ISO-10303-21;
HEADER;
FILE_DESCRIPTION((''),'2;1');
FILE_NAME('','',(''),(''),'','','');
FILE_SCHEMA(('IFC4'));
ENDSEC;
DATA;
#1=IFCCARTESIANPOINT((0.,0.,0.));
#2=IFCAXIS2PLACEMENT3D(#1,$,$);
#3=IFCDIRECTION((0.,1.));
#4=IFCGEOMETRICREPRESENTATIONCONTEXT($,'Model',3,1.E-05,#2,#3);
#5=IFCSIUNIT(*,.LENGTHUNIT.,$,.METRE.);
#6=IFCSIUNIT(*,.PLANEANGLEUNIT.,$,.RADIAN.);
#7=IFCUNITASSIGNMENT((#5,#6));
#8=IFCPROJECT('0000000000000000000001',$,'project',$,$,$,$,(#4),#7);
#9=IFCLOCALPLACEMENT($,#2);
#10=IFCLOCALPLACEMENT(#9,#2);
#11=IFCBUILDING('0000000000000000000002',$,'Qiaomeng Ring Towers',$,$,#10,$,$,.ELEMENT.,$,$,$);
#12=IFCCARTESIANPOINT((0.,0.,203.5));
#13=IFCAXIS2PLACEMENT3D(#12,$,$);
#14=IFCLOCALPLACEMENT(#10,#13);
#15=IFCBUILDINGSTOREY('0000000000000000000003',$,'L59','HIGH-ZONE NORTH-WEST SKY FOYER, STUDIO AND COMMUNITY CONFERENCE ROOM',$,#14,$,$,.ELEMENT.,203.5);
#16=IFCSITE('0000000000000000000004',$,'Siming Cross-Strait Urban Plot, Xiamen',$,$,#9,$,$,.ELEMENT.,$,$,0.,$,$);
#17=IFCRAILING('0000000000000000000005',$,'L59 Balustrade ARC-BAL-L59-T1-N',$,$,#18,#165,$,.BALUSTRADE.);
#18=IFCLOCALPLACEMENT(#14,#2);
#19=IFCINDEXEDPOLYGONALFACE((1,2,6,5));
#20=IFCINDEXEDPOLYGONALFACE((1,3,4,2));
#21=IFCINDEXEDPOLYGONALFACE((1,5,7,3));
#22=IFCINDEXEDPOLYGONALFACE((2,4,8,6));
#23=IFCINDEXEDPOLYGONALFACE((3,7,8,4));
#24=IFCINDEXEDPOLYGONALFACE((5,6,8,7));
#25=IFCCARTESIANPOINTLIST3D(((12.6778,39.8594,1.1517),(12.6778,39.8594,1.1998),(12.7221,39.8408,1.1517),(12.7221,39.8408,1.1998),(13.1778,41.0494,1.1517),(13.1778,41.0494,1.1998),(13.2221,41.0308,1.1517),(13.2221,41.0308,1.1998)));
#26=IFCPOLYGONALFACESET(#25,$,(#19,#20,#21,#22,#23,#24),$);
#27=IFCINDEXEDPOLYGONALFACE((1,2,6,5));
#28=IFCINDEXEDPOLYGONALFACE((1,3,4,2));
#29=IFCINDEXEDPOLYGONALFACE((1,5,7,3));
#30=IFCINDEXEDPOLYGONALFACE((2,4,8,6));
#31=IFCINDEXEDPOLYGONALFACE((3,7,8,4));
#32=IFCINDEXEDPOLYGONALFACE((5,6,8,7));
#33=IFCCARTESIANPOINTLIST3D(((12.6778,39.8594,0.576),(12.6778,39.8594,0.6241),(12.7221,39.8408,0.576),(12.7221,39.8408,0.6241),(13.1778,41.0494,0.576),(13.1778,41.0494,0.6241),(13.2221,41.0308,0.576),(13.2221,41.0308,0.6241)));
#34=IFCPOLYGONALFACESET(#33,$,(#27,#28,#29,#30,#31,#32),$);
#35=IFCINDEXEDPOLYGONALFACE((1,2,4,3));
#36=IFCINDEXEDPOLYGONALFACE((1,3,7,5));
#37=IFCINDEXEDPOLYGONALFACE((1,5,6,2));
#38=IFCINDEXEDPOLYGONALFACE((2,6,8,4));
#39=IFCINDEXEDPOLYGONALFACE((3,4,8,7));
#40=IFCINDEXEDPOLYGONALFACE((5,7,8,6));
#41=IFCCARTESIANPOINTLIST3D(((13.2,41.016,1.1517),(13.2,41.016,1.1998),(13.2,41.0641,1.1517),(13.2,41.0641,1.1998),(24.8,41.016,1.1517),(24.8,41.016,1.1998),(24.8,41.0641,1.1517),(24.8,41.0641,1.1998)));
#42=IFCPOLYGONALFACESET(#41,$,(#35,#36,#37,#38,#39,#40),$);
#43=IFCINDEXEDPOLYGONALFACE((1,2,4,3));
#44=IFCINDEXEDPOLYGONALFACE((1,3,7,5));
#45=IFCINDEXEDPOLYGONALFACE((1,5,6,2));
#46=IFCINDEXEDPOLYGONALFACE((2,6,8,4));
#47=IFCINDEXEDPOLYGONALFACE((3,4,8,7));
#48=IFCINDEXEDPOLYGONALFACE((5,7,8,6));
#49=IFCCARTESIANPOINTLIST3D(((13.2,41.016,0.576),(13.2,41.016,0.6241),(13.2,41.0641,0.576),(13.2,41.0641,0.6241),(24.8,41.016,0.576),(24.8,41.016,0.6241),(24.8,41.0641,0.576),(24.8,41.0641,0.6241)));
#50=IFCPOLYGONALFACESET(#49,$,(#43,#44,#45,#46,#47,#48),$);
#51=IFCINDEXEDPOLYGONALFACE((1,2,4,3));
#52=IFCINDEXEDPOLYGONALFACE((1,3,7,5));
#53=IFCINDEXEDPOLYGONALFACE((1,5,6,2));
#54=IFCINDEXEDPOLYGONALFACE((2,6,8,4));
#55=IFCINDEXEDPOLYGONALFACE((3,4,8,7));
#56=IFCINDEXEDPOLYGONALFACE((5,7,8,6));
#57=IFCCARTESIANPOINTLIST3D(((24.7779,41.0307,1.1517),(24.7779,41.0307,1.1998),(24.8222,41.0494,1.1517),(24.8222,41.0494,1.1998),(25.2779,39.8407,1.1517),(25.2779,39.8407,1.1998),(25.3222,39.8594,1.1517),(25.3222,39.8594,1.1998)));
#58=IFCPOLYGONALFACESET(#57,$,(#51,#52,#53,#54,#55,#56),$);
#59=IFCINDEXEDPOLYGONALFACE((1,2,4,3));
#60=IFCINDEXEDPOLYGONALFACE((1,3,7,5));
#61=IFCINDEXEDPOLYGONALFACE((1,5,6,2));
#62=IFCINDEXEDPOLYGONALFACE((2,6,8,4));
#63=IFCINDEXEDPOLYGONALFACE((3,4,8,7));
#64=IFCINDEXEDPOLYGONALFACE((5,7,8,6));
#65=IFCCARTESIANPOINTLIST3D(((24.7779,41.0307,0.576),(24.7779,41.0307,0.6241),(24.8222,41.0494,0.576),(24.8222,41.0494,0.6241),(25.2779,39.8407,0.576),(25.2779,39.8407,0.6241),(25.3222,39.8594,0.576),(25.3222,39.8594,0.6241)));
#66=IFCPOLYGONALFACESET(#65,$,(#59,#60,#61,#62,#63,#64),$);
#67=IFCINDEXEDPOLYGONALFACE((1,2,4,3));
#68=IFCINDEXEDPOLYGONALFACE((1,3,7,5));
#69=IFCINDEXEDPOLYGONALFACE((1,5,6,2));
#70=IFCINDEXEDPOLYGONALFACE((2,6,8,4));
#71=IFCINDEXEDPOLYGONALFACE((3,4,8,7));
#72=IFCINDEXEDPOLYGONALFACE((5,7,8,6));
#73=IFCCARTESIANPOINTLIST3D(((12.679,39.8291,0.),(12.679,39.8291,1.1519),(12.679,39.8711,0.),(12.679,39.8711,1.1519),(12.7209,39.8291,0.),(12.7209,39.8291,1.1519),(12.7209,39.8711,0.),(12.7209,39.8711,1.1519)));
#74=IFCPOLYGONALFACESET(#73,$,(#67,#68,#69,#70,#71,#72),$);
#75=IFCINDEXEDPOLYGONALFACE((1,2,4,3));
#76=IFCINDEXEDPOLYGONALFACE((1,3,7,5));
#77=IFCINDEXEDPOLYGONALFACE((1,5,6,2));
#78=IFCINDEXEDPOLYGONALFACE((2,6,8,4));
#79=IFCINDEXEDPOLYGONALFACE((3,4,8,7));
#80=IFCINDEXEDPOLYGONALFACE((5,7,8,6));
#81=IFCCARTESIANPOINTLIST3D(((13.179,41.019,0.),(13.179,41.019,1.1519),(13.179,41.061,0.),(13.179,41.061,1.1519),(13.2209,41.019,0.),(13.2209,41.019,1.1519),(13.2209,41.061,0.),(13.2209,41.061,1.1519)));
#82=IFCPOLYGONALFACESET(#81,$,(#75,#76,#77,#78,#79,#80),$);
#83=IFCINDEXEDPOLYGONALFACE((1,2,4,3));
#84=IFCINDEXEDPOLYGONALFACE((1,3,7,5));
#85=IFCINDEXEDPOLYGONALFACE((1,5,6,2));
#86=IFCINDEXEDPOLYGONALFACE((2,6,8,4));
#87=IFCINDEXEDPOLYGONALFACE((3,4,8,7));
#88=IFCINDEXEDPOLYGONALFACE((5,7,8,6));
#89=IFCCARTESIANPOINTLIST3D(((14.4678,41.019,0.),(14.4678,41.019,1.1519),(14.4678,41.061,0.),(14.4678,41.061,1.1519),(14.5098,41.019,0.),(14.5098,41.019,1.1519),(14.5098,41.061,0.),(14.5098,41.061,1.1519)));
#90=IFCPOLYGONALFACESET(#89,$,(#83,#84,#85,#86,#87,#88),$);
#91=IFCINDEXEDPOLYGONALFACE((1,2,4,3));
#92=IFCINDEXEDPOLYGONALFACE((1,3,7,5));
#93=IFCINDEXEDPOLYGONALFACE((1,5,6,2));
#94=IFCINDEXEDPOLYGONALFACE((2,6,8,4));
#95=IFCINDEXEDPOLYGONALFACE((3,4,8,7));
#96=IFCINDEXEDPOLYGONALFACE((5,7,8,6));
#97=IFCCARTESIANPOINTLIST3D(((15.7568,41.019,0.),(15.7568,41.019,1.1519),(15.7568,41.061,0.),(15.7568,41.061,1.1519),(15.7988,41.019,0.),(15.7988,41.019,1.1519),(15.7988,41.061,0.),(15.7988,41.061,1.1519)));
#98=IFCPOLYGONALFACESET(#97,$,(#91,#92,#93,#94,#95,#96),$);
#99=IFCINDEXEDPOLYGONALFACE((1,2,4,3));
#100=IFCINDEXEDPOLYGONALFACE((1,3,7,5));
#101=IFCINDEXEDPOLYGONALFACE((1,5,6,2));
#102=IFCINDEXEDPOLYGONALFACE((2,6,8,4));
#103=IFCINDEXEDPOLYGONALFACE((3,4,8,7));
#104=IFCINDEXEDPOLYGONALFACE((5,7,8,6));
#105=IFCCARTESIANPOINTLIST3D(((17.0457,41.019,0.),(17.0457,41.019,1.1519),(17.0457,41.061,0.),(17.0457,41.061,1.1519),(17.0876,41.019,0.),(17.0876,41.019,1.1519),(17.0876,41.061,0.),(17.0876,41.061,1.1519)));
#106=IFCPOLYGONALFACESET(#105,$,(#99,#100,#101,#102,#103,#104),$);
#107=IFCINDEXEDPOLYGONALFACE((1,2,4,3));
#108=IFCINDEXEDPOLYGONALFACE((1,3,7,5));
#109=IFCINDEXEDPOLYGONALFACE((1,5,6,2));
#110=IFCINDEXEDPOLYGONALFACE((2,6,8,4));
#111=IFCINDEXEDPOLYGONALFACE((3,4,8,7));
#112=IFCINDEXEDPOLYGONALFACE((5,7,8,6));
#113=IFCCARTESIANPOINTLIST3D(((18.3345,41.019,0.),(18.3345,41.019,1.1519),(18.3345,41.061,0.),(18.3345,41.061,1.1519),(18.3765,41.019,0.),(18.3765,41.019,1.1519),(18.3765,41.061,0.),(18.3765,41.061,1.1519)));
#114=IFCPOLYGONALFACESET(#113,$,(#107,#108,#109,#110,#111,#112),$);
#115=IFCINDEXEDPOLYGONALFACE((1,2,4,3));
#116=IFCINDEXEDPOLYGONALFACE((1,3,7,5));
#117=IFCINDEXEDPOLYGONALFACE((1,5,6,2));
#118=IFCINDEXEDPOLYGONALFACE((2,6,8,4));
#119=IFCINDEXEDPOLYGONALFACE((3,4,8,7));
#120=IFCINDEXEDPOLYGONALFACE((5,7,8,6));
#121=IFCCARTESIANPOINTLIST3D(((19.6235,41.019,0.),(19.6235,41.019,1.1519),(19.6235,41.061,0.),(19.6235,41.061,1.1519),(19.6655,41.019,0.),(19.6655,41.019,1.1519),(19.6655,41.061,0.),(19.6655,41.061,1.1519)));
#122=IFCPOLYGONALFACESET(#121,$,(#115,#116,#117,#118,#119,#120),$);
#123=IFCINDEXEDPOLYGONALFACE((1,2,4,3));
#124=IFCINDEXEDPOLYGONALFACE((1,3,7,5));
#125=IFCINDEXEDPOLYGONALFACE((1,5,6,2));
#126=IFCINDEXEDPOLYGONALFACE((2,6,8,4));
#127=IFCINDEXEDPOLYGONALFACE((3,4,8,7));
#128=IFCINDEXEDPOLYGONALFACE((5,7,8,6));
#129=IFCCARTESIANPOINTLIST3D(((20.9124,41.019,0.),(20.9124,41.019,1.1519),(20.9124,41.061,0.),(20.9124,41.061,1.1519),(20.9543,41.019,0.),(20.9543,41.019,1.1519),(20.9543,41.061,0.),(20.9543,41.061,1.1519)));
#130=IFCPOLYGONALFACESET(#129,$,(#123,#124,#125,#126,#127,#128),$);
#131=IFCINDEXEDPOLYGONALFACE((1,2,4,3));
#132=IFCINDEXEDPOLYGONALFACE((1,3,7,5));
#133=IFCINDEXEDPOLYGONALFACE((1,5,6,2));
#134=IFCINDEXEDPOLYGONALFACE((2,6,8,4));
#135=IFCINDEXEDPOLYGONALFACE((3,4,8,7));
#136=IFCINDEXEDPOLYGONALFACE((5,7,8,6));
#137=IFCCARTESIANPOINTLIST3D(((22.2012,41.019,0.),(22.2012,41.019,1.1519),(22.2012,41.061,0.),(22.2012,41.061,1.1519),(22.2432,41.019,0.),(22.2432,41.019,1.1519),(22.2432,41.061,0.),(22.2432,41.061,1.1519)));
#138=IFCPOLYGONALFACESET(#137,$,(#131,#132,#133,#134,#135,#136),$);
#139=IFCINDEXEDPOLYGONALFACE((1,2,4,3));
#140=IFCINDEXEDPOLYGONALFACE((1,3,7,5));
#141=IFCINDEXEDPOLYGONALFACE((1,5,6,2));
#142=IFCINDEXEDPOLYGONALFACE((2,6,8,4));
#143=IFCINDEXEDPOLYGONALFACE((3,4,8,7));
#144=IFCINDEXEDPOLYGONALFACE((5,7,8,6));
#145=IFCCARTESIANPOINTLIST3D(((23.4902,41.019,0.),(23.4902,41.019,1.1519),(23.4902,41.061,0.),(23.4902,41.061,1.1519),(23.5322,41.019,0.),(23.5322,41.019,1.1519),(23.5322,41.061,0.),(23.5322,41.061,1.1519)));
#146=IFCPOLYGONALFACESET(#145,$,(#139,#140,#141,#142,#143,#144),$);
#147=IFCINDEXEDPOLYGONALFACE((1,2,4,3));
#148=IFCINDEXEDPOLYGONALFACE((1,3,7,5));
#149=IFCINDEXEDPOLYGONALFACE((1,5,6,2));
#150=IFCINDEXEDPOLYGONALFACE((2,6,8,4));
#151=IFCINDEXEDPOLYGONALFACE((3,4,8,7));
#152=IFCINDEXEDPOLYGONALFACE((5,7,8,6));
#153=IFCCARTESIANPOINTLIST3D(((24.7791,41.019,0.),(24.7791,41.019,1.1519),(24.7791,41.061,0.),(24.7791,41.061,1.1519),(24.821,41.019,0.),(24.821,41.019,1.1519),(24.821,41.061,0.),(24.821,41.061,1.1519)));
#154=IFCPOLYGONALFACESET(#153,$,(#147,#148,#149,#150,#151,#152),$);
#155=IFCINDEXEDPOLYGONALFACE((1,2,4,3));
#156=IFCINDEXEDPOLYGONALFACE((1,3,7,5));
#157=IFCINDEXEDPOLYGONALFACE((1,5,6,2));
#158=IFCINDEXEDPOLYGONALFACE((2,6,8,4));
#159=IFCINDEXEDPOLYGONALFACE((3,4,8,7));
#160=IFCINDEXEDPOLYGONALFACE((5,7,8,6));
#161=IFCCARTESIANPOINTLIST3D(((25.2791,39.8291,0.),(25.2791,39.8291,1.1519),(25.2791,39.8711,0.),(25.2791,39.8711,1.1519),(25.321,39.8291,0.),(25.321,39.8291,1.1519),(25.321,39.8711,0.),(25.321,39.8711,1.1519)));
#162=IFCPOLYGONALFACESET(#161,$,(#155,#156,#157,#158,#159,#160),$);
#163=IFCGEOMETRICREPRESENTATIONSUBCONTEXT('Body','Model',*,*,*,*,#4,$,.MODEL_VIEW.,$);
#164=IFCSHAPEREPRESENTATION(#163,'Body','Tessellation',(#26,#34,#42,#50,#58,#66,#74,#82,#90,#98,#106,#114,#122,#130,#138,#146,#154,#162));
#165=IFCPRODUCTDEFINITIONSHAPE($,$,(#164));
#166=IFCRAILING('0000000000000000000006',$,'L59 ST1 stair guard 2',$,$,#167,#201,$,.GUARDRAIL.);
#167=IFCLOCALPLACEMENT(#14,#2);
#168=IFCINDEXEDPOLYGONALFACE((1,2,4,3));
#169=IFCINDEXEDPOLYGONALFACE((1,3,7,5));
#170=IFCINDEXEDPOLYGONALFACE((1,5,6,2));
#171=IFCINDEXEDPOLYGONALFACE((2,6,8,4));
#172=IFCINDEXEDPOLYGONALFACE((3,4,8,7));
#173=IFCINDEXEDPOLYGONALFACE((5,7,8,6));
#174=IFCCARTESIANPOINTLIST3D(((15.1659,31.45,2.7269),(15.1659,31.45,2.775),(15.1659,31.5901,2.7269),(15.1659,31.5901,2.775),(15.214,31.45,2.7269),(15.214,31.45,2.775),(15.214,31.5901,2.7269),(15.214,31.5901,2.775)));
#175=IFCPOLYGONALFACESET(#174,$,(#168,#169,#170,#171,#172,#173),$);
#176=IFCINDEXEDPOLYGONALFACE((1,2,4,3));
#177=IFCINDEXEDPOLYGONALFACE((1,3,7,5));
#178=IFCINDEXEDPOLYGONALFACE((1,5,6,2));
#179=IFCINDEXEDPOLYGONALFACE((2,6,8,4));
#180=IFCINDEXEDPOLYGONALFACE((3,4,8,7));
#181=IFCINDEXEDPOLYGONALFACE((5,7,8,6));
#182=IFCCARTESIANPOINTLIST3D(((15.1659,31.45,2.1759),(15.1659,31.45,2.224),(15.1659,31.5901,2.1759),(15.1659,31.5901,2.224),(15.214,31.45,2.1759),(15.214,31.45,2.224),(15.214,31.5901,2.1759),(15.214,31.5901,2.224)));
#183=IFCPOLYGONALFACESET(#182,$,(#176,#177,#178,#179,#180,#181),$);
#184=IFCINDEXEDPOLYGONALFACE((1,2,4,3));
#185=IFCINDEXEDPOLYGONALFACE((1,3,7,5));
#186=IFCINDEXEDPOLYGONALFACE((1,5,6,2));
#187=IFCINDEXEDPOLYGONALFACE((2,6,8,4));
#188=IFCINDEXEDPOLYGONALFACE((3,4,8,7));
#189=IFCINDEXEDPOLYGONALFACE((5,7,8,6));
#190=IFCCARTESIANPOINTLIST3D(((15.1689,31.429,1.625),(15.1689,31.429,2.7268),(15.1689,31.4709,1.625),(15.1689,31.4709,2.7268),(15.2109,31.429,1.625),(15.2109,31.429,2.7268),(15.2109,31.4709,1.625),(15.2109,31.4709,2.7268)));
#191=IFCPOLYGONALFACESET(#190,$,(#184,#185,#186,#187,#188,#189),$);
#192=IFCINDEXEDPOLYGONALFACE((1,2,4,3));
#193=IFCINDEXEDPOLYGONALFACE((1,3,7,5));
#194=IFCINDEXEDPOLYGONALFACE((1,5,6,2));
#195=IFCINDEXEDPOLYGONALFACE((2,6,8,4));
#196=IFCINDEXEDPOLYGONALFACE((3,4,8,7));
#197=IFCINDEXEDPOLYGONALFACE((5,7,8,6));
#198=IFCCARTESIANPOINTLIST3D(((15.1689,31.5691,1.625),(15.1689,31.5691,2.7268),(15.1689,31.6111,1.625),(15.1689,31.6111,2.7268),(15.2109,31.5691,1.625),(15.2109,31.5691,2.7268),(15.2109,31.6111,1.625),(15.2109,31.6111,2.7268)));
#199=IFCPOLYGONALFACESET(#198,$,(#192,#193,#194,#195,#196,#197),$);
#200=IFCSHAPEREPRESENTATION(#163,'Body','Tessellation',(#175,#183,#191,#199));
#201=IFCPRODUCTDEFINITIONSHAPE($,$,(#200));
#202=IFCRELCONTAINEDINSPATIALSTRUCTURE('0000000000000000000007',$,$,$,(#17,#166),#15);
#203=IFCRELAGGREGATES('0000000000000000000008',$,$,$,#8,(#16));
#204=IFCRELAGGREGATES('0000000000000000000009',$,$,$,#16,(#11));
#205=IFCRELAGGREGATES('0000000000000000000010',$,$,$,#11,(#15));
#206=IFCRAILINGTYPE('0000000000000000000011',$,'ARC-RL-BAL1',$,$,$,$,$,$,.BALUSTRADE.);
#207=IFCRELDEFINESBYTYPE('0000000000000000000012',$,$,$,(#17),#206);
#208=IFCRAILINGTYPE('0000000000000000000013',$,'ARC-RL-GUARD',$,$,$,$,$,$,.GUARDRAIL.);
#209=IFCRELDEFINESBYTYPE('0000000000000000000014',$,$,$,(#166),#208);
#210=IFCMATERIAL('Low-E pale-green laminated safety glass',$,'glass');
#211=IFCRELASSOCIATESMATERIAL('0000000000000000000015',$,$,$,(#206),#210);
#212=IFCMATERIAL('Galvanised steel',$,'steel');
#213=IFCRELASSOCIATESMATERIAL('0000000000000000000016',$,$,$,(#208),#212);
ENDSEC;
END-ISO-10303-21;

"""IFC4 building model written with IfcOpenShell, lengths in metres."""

from ifc_helpers import new_model, si_unit, direction, frame, origin, origin_2d, place, context, subcontext, project, spatial, rectangle, extrude, material, type_object, element, save


model = new_model("IFC4")

# Units and contexts
model_context = context("Model", 3, precision=1e-05, world=origin(), true_north=direction((0.0, 1.0)))
body_context = subcontext(model_context, "Body", "Model", "MODEL_VIEW")
ifc_project = project(units=[si_unit("LENGTHUNIT", "METRE"), si_unit("PLANEANGLEUNIT", "RADIAN")], contexts=[model_context])

# Site, building, storey
site_placement = place(None, origin())
site = spatial("IfcSite", under=ifc_project, at=site_placement, Name="Siming Cross-Strait Urban Plot, Xiamen", CompositionType="ELEMENT", RefElevation=0.0)
building_placement = place(site_placement, origin())
building = spatial("IfcBuilding", under=site, at=building_placement, Name="Qiaomeng Ring Towers", CompositionType="ELEMENT")
storey_placement = place(building_placement, frame((0.0, 0.0, 203.5)))
storey = spatial("IfcBuildingStorey", under=building, at=storey_placement, Name="L59", Description="HIGH-ZONE NORTH-WEST SKY FOYER, STUDIO AND COMMUNITY CONFERENCE ROOM", CompositionType="ELEMENT", Elevation=203.5)

# Shared definitions
ifc_material_1 = material(Name="Galvanised steel", Category="steel")

# Railings
ifc_material_2 = material(Name="Low-E pale-green laminated safety glass", Category="glass")
railing_type_1 = type_object("IfcRailingType", Name="ARC-RL-BAL1", PredefinedType="BALUSTRADE", material=ifc_material_2)
railing_1_placement = place(storey_placement, frame((12.7, 39.8501, 0.0)))
element("IfcRailing", 1, at=railing_1_placement, inside=storey, type_object=railing_type_1, Name="L59 Balustrade ARC-BAL-L59-T1-N", PredefinedType="BALUSTRADE", context=body_context, shape_type="SweptSolid", body=[
    extrude(rectangle(XDim=0.0481, YDim=0.0481, at=origin_2d()), frame((0.0, 0.0, 1.1758), z_axis=(0.38738, 0.92192, 0.0), x_axis=(-0.92192, 0.38738, 0.0)), (0.0, 0.0, 1.0), 1.2908),
    extrude(rectangle(XDim=0.0481, YDim=0.0481, at=origin_2d()), frame((0.0, 0.0, 0.6001), z_axis=(0.38738, 0.92192, 0.0), x_axis=(-0.92192, 0.38738, 0.0)), (0.0, 0.0, 1.0), 1.2908),
    extrude(rectangle(XDim=0.0481, YDim=0.0481, at=origin_2d()), frame((0.5, 1.1899, 1.1758), z_axis=(1.0, 0.0, 0.0), x_axis=(0.0, 1.0, 0.0)), (0.0, 0.0, 1.0), 11.6001),
    extrude(rectangle(XDim=0.0481, YDim=0.0481, at=origin_2d()), frame((0.5, 1.1899, 0.6001), z_axis=(1.0, 0.0, 0.0), x_axis=(0.0, 1.0, 0.0)), (0.0, 0.0, 1.0), 11.6001),
    extrude(rectangle(XDim=0.0481, YDim=0.0481, at=origin_2d()), frame((12.1001, 1.1899, 1.1758), z_axis=(0.38738, -0.92192, 0.0), x_axis=(0.92192, 0.38738, 0.0)), (0.0, 0.0, 1.0), 1.2908),
    extrude(rectangle(XDim=0.0481, YDim=0.0481, at=origin_2d()), frame((12.1001, 1.1899, 0.6001), z_axis=(0.38738, -0.92192, 0.0), x_axis=(0.92192, 0.38738, 0.0)), (0.0, 0.0, 1.0), 1.2908),
    extrude(rectangle(XDim=0.042, YDim=0.042, at=origin_2d()), origin(), (0.0, 0.0, 1.0), 1.1519),
    extrude(rectangle(XDim=0.042, YDim=0.042, at=origin_2d()), frame((0.5, 1.1899, 0.0)), (0.0, 0.0, 1.0), 1.1519),
    extrude(rectangle(XDim=0.042, YDim=0.042, at=origin_2d()), frame((1.7888, 1.1899, 0.0)), (0.0, 0.0, 1.0), 1.1519),
    extrude(rectangle(XDim=0.042, YDim=0.042, at=origin_2d()), frame((3.0779, 1.1899, 0.0)), (0.0, 0.0, 1.0), 1.1519),
    extrude(rectangle(XDim=0.042, YDim=0.042, at=origin_2d()), frame((4.3667, 1.1899, 0.0)), (0.0, 0.0, 1.0), 1.1519),
    extrude(rectangle(XDim=0.042, YDim=0.042, at=origin_2d()), frame((5.6555, 1.1899, 0.0)), (0.0, 0.0, 1.0), 1.1519),
    extrude(rectangle(XDim=0.042, YDim=0.042, at=origin_2d()), frame((6.9446, 1.1899, 0.0)), (0.0, 0.0, 1.0), 1.1519),
    extrude(rectangle(XDim=0.042, YDim=0.042, at=origin_2d()), frame((8.2334, 1.1899, 0.0)), (0.0, 0.0, 1.0), 1.1519),
    extrude(rectangle(XDim=0.042, YDim=0.042, at=origin_2d()), frame((9.5222, 1.1899, 0.0)), (0.0, 0.0, 1.0), 1.1519),
    extrude(rectangle(XDim=0.042, YDim=0.042, at=origin_2d()), frame((10.8113, 1.1899, 0.0)), (0.0, 0.0, 1.0), 1.1519),
    extrude(rectangle(XDim=0.042, YDim=0.042, at=origin_2d()), frame((12.1001, 1.1899, 0.0)), (0.0, 0.0, 1.0), 1.1519),
    extrude(rectangle(XDim=0.042, YDim=0.042, at=origin_2d()), frame((12.6001, 0.0, 0.0)), (0.0, 0.0, 1.0), 1.1519),
])
railing_type_2 = type_object("IfcRailingType", Name="ARC-RL-GUARD", PredefinedType="GUARDRAIL", material=ifc_material_1)
railing_2_placement = place(storey_placement, frame((15.1899, 31.45, 1.625)))
element("IfcRailing", 2, at=railing_2_placement, inside=storey, type_object=railing_type_2, Name="L59 ST1 stair guard 2", PredefinedType="GUARDRAIL", context=body_context, shape_type="SweptSolid", body=[
    extrude(rectangle(XDim=0.0481, YDim=0.0481, at=origin_2d()), frame((0.0, 0.0, 1.126), z_axis=(0.0, 1.0, 0.0), x_axis=(-1.0, 0.0, 0.0)), (0.0, 0.0, 1.0), 0.1401),
    extrude(rectangle(XDim=0.0481, YDim=0.0481, at=origin_2d()), frame((0.0, 0.0, 0.575), z_axis=(0.0, 1.0, 0.0), x_axis=(-1.0, 0.0, 0.0)), (0.0, 0.0, 1.0), 0.1401),
    extrude(rectangle(XDim=0.042, YDim=0.042, at=origin_2d()), origin(), (0.0, 0.0, 1.0), 1.1018),
    extrude(rectangle(XDim=0.042, YDim=0.042, at=origin_2d()), frame((0.0, 0.1401, 0.0)), (0.0, 0.0, 1.0), 1.1018),
])

save(model, "model.ifc")
